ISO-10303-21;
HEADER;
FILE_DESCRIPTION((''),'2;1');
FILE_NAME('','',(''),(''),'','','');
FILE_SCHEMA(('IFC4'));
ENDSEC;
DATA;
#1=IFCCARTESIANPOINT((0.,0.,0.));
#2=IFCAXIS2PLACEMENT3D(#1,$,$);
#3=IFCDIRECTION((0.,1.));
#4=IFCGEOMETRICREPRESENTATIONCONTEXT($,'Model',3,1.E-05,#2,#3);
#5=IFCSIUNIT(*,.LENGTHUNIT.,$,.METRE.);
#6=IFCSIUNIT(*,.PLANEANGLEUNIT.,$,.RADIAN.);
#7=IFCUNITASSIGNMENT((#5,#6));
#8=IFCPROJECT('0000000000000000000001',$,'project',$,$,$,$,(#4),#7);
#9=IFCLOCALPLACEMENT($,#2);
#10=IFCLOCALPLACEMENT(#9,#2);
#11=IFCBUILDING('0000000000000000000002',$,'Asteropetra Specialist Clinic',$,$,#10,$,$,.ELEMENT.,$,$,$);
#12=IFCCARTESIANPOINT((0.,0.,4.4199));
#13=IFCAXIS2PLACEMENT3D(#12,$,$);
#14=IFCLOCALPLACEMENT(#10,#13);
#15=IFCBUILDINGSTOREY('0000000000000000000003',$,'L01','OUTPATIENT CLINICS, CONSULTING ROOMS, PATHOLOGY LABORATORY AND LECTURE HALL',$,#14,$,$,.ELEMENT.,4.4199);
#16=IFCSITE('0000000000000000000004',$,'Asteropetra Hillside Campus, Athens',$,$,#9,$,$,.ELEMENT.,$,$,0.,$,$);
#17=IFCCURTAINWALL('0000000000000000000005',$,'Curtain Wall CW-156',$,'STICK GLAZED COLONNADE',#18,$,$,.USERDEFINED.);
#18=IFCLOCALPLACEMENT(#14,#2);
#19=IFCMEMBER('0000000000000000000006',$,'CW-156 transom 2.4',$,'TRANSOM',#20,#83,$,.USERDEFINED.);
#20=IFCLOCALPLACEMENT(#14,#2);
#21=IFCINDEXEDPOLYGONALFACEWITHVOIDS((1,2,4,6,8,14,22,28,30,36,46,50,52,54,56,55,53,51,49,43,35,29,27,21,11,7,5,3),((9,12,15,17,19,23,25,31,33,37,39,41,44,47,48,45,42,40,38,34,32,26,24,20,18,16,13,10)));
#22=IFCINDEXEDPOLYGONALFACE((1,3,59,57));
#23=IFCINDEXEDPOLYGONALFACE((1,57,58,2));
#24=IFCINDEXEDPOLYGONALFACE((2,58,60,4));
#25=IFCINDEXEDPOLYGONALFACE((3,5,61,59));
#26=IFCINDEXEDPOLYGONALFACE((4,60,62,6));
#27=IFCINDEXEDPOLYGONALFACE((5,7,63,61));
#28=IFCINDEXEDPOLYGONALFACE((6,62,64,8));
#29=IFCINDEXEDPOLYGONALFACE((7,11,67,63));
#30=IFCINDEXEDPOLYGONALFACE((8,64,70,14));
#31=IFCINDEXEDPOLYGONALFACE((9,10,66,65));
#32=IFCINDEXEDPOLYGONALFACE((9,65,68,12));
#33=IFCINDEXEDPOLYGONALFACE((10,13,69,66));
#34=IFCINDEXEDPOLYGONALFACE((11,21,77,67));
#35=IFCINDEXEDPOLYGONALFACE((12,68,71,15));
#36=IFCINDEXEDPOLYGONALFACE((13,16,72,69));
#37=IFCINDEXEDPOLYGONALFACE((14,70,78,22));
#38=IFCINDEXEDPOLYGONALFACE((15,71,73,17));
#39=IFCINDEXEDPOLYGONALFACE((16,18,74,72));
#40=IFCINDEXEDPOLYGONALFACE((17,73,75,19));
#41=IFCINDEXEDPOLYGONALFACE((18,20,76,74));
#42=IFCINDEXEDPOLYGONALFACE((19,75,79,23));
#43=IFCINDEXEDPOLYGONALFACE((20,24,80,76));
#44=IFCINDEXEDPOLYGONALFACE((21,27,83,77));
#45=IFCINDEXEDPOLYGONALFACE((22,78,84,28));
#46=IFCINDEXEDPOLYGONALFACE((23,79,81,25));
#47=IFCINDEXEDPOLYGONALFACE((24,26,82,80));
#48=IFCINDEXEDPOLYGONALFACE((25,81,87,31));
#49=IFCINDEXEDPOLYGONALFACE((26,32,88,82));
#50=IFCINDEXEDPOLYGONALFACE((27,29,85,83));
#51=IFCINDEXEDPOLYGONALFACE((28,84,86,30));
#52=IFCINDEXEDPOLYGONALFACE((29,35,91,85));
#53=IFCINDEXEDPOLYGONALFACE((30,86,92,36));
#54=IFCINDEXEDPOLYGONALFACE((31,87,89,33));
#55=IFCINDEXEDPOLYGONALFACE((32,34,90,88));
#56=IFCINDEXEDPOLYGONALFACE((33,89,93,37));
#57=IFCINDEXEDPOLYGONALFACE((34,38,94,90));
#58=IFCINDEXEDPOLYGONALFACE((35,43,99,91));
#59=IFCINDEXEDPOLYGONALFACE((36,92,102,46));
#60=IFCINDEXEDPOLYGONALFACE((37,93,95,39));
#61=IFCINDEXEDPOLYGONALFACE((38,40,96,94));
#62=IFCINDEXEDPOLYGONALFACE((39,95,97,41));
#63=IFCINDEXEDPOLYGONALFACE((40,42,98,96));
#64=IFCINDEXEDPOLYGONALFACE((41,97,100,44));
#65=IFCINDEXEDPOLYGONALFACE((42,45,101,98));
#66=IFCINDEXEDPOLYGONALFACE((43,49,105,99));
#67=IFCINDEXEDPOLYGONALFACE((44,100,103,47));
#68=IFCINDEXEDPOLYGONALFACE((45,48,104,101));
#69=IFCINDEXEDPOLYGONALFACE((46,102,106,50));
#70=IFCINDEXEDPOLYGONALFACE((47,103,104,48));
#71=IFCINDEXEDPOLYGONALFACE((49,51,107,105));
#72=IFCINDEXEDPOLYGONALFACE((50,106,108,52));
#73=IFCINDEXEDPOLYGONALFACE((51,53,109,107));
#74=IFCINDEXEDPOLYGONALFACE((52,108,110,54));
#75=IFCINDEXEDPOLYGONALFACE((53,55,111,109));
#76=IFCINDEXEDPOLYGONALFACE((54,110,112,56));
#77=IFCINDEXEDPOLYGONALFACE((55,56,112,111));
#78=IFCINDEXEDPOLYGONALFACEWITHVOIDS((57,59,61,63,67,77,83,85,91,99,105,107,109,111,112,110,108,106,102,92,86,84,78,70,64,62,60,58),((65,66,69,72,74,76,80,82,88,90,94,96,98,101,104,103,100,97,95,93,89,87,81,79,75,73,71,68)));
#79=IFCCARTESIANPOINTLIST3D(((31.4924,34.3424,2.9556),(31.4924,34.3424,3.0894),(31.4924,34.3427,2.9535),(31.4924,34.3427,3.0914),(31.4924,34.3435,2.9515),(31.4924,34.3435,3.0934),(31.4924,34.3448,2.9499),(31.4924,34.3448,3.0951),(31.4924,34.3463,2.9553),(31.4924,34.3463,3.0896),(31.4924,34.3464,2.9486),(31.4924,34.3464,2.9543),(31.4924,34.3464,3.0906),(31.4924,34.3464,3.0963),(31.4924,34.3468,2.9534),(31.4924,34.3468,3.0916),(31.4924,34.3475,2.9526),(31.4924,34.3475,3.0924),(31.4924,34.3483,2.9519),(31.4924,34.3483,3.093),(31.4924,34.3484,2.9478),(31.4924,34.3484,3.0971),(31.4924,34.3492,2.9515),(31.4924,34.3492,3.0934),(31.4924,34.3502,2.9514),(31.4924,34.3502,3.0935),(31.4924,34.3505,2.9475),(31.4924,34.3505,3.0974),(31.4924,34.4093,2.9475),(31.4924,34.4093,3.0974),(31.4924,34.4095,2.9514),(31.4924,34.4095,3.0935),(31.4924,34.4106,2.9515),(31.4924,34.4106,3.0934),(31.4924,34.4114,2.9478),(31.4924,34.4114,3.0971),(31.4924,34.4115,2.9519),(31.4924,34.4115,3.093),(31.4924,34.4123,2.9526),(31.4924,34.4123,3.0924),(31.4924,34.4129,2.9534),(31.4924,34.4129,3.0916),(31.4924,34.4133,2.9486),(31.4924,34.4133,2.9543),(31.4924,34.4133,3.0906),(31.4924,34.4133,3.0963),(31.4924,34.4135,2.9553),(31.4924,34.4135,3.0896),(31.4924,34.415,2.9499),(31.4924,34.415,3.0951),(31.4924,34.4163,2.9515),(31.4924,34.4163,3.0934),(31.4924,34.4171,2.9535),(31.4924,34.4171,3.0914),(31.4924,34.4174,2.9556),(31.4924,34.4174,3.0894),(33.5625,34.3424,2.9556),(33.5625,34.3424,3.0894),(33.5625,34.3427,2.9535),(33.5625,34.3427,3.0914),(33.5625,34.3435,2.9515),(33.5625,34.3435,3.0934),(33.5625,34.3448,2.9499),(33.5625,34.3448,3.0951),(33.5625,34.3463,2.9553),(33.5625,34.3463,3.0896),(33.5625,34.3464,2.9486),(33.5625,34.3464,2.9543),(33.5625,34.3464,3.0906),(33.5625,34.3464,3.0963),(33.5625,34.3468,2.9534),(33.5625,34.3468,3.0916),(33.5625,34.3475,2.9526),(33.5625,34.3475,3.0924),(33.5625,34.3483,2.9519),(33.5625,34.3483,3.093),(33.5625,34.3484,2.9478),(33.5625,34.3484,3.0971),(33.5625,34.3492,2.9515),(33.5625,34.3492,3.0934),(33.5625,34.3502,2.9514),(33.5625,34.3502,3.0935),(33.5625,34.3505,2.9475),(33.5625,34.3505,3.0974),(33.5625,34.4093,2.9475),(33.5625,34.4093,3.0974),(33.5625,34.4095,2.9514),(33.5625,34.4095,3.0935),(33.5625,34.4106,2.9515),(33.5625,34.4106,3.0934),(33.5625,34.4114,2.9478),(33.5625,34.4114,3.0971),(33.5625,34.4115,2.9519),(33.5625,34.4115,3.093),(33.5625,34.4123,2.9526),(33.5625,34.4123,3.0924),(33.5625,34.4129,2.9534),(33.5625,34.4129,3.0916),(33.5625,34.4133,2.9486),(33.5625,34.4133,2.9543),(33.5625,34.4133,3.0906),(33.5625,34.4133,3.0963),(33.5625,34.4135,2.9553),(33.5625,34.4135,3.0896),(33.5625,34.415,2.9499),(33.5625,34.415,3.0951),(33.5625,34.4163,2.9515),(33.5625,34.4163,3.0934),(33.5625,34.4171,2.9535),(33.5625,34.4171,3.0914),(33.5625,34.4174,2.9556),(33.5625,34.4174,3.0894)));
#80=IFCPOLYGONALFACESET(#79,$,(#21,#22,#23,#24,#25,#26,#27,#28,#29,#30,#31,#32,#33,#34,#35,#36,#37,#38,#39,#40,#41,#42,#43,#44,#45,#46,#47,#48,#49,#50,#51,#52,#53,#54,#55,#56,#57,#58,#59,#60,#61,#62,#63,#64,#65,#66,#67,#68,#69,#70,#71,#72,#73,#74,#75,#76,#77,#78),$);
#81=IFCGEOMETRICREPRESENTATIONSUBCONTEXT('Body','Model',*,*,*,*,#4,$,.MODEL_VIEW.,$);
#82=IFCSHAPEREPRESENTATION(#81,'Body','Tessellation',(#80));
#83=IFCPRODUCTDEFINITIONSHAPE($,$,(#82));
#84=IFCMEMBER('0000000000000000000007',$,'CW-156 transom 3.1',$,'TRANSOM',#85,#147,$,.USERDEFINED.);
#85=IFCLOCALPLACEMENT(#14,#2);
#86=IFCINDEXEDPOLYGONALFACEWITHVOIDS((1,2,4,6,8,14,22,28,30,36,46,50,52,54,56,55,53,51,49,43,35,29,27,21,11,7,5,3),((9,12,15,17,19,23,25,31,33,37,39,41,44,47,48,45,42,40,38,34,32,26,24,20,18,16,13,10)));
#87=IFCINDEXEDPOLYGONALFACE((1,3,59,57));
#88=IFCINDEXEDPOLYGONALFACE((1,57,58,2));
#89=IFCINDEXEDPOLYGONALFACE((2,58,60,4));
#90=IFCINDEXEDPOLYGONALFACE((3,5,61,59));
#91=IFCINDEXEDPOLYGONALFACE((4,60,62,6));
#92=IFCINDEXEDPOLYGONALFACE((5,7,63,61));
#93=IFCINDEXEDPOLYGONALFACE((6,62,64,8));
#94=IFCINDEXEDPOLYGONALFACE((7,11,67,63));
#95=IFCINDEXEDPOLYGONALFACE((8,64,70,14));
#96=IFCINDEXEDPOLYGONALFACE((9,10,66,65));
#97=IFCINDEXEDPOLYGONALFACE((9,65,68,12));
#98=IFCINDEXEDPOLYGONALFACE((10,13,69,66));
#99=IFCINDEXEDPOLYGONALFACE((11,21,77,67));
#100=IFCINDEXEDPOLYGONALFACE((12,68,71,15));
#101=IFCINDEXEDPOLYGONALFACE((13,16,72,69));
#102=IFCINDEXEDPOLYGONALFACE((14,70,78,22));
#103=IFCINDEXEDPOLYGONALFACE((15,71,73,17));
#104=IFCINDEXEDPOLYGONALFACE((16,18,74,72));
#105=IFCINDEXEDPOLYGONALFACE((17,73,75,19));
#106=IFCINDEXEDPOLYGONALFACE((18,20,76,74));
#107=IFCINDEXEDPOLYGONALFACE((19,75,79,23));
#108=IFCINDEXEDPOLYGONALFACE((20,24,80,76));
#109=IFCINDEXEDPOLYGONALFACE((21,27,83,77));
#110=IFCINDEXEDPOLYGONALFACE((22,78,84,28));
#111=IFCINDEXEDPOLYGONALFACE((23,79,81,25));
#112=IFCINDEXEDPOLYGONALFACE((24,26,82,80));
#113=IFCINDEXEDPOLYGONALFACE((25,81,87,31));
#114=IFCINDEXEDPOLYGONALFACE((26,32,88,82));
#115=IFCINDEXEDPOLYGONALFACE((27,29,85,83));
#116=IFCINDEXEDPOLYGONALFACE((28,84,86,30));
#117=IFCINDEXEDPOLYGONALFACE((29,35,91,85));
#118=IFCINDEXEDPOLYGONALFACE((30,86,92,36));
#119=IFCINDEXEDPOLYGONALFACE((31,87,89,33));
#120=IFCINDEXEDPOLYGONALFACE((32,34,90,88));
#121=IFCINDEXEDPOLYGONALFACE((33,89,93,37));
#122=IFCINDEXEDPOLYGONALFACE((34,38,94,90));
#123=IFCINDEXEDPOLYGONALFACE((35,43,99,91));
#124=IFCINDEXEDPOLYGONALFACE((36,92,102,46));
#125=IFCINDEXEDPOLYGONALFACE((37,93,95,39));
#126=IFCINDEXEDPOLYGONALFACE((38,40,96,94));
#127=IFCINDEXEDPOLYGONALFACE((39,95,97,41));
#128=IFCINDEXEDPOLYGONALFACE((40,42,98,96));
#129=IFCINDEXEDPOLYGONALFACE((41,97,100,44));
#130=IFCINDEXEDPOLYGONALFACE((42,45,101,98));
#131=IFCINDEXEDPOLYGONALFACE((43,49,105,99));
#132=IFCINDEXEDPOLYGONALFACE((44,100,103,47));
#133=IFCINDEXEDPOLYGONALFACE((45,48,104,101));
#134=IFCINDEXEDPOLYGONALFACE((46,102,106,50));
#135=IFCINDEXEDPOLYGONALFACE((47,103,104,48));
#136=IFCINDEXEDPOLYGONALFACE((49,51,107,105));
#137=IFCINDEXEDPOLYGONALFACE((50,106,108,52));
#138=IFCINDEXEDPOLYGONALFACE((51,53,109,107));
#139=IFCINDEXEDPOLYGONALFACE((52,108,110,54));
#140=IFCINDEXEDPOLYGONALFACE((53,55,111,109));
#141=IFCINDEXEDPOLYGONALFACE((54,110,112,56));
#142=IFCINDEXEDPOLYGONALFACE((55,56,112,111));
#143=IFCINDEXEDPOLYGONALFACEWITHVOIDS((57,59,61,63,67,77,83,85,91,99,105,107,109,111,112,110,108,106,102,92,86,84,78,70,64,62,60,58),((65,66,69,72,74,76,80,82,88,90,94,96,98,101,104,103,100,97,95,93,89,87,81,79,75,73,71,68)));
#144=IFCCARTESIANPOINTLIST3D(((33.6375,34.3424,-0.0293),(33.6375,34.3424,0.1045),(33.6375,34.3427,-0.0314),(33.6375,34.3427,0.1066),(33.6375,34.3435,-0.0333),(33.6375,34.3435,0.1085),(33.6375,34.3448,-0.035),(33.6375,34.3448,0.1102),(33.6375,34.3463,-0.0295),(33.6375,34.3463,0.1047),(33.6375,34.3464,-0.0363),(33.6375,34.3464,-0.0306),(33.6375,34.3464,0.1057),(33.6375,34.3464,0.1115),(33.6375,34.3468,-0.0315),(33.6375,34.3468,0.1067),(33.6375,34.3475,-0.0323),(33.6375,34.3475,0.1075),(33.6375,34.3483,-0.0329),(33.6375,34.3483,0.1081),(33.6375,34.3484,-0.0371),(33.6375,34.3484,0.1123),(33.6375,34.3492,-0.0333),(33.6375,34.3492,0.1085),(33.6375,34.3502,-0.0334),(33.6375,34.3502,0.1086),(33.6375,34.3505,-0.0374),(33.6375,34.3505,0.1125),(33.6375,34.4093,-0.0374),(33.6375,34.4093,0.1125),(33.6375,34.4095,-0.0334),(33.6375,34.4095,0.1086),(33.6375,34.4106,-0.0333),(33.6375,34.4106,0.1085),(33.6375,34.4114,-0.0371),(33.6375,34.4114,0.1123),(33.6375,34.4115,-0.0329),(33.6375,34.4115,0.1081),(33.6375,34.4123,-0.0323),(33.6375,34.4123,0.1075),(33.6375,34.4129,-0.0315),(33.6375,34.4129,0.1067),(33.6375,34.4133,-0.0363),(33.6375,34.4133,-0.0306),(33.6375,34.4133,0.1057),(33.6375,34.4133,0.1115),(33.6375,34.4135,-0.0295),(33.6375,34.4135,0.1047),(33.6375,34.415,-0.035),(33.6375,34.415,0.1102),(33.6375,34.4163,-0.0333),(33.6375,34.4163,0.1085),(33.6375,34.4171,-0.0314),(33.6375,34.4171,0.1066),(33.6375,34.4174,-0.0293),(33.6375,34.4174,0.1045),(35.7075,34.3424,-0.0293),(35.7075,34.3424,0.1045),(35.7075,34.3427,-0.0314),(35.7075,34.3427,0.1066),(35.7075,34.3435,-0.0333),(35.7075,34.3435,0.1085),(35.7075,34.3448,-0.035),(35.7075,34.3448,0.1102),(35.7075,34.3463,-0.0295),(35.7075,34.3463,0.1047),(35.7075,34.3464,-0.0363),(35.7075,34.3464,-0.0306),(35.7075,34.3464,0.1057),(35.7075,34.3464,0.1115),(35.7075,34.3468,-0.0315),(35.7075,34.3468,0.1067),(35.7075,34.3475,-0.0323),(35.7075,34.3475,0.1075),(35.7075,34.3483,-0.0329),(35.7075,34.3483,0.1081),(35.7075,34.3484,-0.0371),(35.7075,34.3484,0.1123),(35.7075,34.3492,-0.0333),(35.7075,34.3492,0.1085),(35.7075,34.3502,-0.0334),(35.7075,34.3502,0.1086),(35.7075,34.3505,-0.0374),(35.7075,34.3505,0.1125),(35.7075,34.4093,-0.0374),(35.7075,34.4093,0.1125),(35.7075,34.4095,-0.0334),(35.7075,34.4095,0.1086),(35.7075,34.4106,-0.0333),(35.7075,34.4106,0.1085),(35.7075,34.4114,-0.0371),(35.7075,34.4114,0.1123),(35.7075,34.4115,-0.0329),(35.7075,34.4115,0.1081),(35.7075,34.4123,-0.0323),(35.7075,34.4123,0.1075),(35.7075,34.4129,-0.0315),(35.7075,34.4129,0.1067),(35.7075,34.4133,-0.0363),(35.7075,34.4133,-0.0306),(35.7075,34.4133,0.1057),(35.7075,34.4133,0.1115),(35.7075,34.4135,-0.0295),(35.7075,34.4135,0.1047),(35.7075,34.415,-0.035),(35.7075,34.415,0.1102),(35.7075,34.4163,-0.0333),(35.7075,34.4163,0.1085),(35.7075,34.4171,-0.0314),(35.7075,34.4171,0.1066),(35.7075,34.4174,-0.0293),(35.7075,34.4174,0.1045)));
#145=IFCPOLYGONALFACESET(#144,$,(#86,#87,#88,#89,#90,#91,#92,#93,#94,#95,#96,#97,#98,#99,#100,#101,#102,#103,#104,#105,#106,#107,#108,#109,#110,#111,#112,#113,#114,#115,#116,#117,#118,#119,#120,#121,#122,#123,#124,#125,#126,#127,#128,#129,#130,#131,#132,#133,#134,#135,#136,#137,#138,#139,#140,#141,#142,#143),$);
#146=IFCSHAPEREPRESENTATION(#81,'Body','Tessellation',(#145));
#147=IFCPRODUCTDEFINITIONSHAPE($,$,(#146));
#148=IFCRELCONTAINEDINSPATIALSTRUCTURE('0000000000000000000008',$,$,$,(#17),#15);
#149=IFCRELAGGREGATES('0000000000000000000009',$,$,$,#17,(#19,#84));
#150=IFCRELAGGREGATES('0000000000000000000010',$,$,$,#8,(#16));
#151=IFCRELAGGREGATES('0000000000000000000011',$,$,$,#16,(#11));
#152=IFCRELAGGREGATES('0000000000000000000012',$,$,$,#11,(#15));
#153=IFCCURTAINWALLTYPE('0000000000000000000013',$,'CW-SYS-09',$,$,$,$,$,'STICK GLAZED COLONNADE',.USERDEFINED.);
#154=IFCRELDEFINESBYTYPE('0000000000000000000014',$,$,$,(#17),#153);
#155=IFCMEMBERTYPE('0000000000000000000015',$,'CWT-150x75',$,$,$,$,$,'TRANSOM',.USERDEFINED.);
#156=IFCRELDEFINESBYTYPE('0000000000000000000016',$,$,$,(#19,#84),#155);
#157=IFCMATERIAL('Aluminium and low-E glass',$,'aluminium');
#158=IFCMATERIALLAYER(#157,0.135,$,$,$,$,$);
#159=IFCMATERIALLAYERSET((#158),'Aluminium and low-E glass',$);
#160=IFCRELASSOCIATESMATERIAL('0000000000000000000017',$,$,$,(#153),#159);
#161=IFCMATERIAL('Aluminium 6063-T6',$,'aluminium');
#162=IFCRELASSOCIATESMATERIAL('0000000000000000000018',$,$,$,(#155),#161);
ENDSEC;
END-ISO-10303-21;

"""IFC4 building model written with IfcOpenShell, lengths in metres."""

from ifc_helpers import new_model, si_unit, direction, frame, origin, origin_2d, place, context, subcontext, project, spatial, hollow_rectangle, extrude, material, layer, layer_set, material_profile, profile_set, type_object, element, aggregate, save


model = new_model("IFC4")

# Units and contexts
model_context = context("Model", 3, precision=1e-05, world=origin(), true_north=direction((0.0, 1.0)))
body_context = subcontext(model_context, "Body", "Model", "MODEL_VIEW")
ifc_project = project(units=[si_unit("LENGTHUNIT", "METRE"), si_unit("PLANEANGLEUNIT", "RADIAN")], contexts=[model_context])

# Site, building, storey
site_placement = place(None, origin())
site = spatial("IfcSite", under=ifc_project, at=site_placement, Name="Asteropetra Hillside Campus, Athens", CompositionType="ELEMENT", RefElevation=0.0)
building_placement = place(site_placement, origin())
building = spatial("IfcBuilding", under=site, at=building_placement, Name="Asteropetra Specialist Clinic", CompositionType="ELEMENT")
storey_placement = place(building_placement, frame((0.0, 0.0, 4.4199)))
storey = spatial("IfcBuildingStorey", under=building, at=storey_placement, Name="L01", Description="OUTPATIENT CLINICS, CONSULTING ROOMS, PATHOLOGY LABORATORY AND LECTURE HALL", CompositionType="ELEMENT", Elevation=4.4199)

# Curtain wall, members
ifc_material_1 = material(Name="Aluminium and low-E glass", Category="aluminium")
ifc_layer_1 = layer(ifc_material_1, 0.135)
ifc_layer_set_1 = layer_set([ifc_layer_1], Name="Aluminium and low-E glass")
curtain_wall_type = type_object("IfcCurtainWallType", Name="CW-SYS-09", ElementType="STICK GLAZED COLONNADE", PredefinedType="USERDEFINED", material=ifc_layer_set_1)
curtain_wall_placement = place(storey_placement, origin())
curtain_wall = element("IfcCurtainWall", 1, at=curtain_wall_placement, inside=storey, type_object=curtain_wall_type, Name="Curtain Wall CW-156", ObjectType="STICK GLAZED COLONNADE", PredefinedType="USERDEFINED")
ifc_material_2 = material(Name="Aluminium 6063-T6", Category="aluminium")
ifc_material_profile_1 = material_profile(ifc_material_2, hollow_rectangle(XDim=0.075, YDim=0.1499, WallThickness=0.0039, InnerFilletRadius=0.0039, OuterFilletRadius=0.0081, at=origin_2d()), Name="TRN 150x75x4.0")
ifc_profile_set_1 = profile_set([ifc_material_profile_1], Name="Aluminium 6063-T6")
member_type_1 = type_object("IfcMemberType", Name="CWT-150x75", ElementType="TRANSOM", PredefinedType="USERDEFINED", material=ifc_profile_set_1)
member_1_placement = place(storey_placement, frame((31.4924, 34.3799, 3.0225), z_axis=(1.0, 0.0, 0.0), x_axis=(0.0, 1.0, 0.0)))
member_1 = element("IfcMember", 2, at=member_1_placement, type_object=member_type_1, Name="CW-156 transom 2.4", ObjectType="TRANSOM", PredefinedType="USERDEFINED", context=body_context, shape_type="SweptSolid", body=[
    extrude(hollow_rectangle(XDim=0.075, YDim=0.1499, WallThickness=0.0039, InnerFilletRadius=0.0039, OuterFilletRadius=0.0081, at=origin_2d()), origin(), (0.0, 0.0, 1.0), 2.0701),
])
member_2_placement = place(storey_placement, frame((33.6375, 34.3799, 0.0376), z_axis=(1.0, 0.0, 0.0), x_axis=(0.0, 1.0, 0.0)))
member_2 = element("IfcMember", 3, at=member_2_placement, type_object=member_type_1, Name="CW-156 transom 3.1", ObjectType="TRANSOM", PredefinedType="USERDEFINED", context=body_context, shape_type="SweptSolid", body=[
    extrude(hollow_rectangle(XDim=0.075, YDim=0.1499, WallThickness=0.0039, InnerFilletRadius=0.0039, OuterFilletRadius=0.0081, at=origin_2d()), origin(), (0.0, 0.0, 1.0), 2.0701),
])

aggregate(curtain_wall, [member_1, member_2])

save(model, "model.ifc")
